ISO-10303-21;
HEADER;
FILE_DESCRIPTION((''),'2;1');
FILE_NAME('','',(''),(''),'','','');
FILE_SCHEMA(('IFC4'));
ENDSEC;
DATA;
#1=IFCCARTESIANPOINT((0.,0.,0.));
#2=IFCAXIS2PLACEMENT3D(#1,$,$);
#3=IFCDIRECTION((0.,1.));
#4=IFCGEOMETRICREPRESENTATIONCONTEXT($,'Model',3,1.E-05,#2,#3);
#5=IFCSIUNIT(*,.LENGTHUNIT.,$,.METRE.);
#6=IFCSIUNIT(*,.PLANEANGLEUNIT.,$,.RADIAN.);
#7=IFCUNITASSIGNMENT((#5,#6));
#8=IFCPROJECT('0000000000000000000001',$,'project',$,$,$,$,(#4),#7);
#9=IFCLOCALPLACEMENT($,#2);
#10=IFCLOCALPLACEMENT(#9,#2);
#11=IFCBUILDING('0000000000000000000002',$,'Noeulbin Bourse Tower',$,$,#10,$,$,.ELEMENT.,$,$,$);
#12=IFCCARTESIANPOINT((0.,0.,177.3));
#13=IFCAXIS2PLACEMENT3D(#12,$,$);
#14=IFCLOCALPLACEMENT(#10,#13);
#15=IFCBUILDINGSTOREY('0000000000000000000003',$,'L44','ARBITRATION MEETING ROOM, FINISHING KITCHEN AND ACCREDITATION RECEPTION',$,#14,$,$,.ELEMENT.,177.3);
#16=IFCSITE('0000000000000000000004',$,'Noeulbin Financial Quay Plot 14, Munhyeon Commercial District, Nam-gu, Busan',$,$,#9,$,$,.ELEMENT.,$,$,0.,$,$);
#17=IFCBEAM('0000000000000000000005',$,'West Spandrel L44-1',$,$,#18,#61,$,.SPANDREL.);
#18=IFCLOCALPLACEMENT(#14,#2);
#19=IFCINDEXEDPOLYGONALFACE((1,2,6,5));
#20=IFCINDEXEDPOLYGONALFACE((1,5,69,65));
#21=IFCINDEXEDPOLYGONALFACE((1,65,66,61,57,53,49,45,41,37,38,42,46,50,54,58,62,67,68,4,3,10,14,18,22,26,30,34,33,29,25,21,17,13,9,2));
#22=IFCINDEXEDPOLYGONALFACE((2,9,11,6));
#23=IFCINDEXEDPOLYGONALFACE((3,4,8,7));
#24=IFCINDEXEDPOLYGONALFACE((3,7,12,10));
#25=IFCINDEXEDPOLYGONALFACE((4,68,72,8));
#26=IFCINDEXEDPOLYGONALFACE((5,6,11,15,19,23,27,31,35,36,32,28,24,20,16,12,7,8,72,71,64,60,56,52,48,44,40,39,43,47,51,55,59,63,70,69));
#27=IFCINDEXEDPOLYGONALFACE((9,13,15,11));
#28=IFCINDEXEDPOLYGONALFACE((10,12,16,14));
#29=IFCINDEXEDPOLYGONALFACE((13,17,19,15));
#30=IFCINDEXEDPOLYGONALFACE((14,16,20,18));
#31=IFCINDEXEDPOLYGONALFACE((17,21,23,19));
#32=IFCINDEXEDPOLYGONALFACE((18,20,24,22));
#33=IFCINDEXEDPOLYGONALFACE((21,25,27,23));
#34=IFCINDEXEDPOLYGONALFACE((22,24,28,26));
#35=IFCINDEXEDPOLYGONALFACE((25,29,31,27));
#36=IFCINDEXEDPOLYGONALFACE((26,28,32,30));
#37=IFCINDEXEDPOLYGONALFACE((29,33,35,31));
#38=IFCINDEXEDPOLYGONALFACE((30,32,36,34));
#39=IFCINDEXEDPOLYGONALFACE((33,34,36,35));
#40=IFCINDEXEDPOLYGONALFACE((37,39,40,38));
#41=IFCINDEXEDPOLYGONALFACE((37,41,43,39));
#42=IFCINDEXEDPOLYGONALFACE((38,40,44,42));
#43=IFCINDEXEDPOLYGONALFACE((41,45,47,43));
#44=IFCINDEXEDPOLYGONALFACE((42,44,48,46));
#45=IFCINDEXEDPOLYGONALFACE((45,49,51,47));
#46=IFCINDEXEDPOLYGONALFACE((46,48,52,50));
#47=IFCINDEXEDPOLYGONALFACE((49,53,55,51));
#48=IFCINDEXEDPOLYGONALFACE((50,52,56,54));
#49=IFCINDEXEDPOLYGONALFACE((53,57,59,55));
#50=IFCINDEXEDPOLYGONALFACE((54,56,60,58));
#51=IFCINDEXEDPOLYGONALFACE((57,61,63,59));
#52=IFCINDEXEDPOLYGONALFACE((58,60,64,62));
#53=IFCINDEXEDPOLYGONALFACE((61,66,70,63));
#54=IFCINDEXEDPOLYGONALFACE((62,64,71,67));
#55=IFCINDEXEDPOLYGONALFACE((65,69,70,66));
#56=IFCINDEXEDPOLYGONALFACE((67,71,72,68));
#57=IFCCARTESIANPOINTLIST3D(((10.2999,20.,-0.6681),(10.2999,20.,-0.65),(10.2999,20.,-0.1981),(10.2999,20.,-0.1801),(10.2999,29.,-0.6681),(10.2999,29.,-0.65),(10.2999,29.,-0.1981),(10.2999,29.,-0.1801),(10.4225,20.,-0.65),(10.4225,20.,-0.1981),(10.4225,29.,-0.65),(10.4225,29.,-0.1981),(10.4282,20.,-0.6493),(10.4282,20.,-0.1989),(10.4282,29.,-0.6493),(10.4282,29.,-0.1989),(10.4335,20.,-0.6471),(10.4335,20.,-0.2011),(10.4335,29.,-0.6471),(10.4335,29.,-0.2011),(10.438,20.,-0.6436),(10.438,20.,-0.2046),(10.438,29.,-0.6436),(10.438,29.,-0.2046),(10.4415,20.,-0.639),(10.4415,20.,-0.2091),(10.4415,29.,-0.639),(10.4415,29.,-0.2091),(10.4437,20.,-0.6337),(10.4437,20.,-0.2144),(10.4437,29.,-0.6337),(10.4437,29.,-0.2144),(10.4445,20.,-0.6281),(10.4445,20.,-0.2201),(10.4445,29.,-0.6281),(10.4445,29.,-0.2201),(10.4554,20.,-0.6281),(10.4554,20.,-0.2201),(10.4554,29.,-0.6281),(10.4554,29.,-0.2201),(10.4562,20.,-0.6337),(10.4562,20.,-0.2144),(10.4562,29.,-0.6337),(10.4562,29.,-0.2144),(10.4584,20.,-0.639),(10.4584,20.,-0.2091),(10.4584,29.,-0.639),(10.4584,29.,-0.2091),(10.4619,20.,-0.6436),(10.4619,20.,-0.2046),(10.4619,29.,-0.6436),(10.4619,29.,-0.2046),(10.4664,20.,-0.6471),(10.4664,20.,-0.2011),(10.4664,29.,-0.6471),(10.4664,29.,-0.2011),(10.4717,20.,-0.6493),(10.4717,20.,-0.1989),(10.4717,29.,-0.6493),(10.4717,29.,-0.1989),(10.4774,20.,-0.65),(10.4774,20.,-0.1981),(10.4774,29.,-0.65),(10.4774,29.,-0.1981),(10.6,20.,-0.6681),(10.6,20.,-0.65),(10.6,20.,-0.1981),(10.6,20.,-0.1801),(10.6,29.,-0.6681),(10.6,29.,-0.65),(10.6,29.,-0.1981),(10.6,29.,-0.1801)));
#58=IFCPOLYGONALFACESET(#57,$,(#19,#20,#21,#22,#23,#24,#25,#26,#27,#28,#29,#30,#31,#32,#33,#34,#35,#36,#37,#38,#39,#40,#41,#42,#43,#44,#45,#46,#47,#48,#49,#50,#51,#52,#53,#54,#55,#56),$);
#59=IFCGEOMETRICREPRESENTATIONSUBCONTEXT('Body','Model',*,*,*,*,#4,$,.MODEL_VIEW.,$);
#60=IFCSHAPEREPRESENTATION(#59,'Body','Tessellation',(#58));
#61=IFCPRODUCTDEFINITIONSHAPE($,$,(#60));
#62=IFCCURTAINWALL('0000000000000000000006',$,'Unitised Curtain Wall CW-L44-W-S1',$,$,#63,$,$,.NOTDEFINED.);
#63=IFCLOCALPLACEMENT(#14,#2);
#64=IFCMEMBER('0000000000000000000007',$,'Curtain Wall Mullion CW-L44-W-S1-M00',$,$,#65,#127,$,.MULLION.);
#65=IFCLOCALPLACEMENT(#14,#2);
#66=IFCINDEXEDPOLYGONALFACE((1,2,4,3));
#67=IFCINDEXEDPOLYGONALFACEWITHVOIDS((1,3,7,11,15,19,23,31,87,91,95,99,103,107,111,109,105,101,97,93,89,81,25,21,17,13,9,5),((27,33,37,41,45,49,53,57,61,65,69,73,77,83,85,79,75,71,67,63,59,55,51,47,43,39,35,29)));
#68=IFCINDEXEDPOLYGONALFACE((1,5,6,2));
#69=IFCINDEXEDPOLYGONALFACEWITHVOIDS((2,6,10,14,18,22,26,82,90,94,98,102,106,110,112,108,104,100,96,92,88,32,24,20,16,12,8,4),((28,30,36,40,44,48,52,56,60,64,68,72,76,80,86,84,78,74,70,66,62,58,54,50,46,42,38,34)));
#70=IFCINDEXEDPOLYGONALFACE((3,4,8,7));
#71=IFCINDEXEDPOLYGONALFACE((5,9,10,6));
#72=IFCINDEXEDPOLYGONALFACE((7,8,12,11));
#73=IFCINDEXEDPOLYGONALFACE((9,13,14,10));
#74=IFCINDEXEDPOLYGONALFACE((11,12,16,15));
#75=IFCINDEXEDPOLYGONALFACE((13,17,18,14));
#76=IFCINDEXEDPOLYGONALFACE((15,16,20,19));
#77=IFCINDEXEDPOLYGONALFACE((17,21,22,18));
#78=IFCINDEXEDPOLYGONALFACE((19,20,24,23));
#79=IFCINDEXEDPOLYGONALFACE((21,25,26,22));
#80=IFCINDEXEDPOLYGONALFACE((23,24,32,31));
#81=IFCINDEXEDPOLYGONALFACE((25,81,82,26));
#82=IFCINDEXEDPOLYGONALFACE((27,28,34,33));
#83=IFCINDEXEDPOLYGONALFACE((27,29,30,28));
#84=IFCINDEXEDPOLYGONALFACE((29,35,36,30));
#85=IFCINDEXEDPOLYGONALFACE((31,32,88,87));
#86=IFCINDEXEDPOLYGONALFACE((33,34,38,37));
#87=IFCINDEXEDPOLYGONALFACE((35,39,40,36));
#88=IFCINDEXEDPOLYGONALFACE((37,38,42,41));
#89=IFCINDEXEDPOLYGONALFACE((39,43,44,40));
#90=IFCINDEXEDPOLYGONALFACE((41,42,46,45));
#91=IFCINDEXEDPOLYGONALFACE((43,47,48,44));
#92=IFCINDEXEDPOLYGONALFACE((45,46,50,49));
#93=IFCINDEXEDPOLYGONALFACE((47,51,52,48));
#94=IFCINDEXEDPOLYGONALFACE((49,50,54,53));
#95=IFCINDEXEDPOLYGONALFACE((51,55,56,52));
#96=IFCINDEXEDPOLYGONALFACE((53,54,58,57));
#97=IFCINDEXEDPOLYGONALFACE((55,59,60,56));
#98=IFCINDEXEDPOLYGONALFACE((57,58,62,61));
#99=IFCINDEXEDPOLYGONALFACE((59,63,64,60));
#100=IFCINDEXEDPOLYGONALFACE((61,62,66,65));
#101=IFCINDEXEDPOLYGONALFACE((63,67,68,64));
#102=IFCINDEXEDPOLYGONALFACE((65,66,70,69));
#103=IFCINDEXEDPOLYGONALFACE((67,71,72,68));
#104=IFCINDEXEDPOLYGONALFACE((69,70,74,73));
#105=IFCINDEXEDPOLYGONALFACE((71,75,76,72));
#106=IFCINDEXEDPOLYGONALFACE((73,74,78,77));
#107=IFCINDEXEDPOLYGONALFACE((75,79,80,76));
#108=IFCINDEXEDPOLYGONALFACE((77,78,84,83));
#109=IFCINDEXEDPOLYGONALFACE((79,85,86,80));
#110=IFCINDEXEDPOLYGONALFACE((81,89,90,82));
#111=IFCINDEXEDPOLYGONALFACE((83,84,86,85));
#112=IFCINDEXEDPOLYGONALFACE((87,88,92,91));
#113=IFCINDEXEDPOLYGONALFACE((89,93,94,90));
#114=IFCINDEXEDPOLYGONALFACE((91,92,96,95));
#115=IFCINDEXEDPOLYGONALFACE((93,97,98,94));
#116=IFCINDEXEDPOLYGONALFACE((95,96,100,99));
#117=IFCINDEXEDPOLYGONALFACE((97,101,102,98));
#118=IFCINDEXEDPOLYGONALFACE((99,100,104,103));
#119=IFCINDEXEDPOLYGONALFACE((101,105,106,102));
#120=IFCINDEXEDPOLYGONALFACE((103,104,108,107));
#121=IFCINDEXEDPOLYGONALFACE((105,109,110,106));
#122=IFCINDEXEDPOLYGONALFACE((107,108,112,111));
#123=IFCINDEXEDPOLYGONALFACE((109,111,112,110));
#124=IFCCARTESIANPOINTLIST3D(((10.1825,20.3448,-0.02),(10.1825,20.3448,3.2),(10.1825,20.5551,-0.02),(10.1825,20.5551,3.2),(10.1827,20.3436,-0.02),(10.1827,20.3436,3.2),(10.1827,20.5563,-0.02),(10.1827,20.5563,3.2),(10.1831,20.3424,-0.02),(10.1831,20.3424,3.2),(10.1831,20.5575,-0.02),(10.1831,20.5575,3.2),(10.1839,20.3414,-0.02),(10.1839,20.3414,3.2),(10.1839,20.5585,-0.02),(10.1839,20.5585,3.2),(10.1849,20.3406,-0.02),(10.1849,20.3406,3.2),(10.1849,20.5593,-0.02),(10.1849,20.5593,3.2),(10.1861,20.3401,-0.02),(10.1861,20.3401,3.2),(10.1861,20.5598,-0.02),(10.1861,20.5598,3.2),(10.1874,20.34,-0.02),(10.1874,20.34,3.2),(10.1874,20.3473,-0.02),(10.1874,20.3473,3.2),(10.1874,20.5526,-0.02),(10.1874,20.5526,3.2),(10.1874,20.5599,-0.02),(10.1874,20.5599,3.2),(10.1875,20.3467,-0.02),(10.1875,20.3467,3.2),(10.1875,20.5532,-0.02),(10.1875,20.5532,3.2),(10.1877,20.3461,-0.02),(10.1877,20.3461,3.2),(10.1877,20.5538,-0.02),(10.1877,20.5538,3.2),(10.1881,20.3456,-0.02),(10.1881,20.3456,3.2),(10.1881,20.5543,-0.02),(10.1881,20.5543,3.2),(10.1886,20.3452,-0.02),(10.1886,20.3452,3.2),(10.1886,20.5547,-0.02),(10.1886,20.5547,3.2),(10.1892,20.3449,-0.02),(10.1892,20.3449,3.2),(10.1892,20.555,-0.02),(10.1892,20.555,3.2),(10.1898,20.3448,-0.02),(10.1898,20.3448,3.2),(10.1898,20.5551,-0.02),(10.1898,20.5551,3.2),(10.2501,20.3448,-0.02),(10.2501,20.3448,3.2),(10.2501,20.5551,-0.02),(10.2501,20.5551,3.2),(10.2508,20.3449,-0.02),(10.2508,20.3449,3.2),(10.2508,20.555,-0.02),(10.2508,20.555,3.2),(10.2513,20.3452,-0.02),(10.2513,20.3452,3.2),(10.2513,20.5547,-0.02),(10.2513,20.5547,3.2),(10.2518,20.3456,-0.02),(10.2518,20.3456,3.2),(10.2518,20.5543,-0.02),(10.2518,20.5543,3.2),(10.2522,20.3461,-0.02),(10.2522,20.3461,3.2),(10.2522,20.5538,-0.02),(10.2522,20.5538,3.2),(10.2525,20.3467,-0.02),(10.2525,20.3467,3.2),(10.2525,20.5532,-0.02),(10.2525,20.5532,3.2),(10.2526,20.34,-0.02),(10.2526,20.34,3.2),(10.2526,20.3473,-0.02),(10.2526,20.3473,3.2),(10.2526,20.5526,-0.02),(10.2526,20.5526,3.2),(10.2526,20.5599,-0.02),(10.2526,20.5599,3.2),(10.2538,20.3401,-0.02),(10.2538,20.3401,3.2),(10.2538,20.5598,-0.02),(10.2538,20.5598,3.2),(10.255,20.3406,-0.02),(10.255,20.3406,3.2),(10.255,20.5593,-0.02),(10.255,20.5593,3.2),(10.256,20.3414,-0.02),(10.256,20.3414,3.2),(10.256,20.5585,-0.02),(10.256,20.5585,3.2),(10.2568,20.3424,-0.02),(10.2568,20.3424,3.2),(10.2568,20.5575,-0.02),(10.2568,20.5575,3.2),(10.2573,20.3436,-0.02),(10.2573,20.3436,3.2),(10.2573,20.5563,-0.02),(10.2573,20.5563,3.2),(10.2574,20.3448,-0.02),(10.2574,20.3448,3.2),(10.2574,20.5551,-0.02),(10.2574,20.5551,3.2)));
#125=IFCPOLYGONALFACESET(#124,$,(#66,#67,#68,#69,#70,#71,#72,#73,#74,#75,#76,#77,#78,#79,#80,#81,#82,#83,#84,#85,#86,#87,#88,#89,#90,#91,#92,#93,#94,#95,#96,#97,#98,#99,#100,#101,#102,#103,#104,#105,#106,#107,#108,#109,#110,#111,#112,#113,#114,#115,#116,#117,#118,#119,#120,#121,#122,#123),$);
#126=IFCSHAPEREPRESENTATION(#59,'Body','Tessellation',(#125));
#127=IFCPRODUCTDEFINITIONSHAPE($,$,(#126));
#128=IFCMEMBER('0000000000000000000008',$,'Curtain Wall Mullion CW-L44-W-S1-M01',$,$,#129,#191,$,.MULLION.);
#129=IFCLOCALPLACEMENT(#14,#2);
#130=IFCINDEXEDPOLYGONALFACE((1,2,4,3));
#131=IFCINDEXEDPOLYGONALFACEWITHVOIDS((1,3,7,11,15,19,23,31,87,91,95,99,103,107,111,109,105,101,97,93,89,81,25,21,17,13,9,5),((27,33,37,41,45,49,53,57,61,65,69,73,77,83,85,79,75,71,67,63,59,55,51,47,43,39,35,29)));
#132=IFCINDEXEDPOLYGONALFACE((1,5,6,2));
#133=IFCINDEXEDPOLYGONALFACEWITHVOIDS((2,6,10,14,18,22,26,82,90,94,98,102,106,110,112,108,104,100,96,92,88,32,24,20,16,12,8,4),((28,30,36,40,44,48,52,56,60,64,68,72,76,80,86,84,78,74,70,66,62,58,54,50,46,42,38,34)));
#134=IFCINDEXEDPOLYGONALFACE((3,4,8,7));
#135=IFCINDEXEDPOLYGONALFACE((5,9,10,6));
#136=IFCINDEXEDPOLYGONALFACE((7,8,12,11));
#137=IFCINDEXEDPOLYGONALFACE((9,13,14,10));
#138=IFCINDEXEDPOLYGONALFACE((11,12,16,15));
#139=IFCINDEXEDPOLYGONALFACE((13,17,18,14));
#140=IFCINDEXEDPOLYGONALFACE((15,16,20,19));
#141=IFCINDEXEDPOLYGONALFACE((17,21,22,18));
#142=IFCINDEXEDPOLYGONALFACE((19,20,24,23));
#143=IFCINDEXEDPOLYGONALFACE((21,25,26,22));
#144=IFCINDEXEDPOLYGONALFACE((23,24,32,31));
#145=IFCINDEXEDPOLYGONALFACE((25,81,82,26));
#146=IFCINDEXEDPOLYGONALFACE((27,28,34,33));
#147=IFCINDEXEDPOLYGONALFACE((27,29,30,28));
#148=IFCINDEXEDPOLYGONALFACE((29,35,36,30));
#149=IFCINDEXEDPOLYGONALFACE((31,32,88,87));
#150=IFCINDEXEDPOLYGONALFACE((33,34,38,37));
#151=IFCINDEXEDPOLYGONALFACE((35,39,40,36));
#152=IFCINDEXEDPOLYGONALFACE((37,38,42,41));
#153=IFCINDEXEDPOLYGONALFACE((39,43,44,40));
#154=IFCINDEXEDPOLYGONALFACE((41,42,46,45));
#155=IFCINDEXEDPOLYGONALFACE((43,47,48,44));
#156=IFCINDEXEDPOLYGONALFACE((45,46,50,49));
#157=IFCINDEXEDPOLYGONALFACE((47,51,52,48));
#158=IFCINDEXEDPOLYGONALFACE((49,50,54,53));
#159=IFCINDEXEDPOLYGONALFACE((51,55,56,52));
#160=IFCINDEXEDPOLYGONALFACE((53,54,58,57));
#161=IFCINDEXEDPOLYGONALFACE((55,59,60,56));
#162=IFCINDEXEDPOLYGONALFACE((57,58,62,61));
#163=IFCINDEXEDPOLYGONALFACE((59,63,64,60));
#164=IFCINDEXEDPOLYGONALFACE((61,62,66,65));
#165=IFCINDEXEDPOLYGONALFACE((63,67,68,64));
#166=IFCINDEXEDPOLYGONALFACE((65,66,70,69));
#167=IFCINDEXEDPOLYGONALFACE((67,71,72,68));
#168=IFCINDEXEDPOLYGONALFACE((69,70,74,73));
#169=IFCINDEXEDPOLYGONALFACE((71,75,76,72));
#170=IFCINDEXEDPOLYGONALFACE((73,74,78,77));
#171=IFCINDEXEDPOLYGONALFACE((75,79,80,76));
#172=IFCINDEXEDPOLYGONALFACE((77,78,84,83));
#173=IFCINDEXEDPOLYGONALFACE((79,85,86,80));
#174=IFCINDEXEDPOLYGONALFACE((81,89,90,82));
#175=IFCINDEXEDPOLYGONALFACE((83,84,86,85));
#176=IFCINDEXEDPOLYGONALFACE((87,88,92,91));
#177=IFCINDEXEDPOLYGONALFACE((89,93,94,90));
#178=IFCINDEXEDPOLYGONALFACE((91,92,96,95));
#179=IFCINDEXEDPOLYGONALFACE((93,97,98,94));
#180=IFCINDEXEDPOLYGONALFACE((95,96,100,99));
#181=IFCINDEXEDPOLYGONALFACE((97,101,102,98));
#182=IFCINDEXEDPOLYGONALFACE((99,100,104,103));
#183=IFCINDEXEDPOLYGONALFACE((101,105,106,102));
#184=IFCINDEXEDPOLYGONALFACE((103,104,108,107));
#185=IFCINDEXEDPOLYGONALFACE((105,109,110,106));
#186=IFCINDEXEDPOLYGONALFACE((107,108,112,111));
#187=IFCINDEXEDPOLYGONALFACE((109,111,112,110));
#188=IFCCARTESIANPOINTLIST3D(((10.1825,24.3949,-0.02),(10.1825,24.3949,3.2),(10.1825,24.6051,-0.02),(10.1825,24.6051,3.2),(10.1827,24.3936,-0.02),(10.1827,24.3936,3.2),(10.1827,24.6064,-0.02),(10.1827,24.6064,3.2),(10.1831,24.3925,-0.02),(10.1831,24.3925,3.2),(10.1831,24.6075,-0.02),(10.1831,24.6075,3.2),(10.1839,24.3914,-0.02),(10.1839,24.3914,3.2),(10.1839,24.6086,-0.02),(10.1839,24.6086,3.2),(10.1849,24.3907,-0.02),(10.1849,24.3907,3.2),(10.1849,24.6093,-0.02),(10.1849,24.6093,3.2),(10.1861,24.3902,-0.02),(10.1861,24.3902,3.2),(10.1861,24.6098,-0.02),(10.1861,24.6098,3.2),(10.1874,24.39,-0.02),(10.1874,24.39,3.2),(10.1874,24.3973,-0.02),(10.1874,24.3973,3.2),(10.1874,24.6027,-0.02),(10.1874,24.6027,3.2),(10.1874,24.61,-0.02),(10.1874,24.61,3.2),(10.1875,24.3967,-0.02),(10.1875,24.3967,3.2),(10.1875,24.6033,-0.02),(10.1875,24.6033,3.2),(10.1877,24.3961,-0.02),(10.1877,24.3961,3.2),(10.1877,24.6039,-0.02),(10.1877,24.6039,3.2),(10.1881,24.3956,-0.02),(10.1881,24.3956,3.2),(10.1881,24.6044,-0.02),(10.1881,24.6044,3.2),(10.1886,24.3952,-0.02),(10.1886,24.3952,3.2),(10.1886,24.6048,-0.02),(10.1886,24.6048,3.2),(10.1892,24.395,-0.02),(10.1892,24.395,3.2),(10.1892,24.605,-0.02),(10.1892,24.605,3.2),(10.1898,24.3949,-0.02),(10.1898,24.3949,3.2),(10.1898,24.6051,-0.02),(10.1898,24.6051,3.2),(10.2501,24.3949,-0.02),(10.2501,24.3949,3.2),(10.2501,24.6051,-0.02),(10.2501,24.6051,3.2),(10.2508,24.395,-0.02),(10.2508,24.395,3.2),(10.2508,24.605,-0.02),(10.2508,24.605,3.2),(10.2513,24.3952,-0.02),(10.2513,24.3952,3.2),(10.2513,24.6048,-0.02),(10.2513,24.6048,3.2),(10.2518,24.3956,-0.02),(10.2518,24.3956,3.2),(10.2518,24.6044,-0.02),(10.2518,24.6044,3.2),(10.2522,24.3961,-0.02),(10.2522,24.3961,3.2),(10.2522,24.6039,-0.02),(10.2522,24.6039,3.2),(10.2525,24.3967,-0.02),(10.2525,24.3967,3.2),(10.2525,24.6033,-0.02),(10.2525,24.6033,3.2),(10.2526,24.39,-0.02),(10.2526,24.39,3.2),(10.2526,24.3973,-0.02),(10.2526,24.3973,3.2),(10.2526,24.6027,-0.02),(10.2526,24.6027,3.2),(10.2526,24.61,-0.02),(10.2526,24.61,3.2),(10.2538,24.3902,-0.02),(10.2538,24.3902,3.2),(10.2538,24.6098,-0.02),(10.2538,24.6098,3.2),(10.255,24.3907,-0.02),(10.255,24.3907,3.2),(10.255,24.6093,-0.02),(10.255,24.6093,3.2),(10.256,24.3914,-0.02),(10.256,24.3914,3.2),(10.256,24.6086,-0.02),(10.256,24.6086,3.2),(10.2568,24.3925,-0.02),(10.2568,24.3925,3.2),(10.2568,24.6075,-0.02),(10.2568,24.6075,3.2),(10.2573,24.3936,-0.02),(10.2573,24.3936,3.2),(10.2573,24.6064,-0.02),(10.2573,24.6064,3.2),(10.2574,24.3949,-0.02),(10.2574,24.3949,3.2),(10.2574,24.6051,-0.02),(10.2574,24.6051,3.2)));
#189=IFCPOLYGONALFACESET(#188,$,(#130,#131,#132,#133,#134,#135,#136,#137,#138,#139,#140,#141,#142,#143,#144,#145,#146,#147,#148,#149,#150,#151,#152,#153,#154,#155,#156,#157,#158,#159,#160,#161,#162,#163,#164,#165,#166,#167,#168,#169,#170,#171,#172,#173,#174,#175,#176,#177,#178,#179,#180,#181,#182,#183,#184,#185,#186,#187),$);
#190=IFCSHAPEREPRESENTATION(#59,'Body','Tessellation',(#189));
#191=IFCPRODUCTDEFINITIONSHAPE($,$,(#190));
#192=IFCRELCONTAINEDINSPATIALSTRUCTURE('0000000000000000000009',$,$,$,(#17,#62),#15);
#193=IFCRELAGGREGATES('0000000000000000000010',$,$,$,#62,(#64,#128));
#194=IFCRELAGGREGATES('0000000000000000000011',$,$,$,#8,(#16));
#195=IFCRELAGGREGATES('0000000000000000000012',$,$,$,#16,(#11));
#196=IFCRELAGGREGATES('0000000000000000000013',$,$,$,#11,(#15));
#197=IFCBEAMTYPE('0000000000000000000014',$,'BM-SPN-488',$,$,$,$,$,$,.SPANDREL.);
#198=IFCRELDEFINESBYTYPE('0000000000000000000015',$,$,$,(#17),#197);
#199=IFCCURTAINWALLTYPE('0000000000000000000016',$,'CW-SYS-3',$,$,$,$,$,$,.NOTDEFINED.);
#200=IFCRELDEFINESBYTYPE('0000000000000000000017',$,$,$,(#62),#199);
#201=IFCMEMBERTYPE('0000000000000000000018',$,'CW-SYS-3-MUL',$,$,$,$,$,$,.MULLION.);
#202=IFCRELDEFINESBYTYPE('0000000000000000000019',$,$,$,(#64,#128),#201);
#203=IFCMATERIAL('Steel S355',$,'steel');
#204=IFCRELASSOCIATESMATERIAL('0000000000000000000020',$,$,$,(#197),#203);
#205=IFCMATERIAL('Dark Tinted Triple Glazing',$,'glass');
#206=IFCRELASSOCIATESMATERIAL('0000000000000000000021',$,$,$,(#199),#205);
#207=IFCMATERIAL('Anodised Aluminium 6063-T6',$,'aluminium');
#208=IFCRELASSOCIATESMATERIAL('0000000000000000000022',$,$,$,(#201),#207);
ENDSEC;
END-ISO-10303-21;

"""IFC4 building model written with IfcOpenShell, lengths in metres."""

from ifc_helpers import new_model, si_unit, direction, frame, origin, origin_2d, place, context, subcontext, project, spatial, hollow_rectangle, i_section, extrude, material, material_profile, profile_set, type_object, element, aggregate, save


model = new_model("IFC4")

# Units and contexts
model_context = context("Model", 3, precision=1e-05, world=origin(), true_north=direction((0.0, 1.0)))
body_context = subcontext(model_context, "Body", "Model", "MODEL_VIEW")
ifc_project = project(units=[si_unit("LENGTHUNIT", "METRE"), si_unit("PLANEANGLEUNIT", "RADIAN")], contexts=[model_context])

# Site, building, storey
site_placement = place(None, origin())
site = spatial("IfcSite", under=ifc_project, at=site_placement, Name="Noeulbin Financial Quay Plot 14, Munhyeon Commercial District, Nam-gu, Busan", CompositionType="ELEMENT", RefElevation=0.0)
building_placement = place(site_placement, origin())
building = spatial("IfcBuilding", under=site, at=building_placement, Name="Noeulbin Bourse Tower", CompositionType="ELEMENT")
storey_placement = place(building_placement, frame((0.0, 0.0, 177.3)))
storey = spatial("IfcBuildingStorey", under=building, at=storey_placement, Name="L44", Description="ARBITRATION MEETING ROOM, FINISHING KITCHEN AND ACCREDITATION RECEPTION", CompositionType="ELEMENT", Elevation=177.3)

# Shared definitions
ifc_material_1 = material(Name="Steel S355", Category="steel")

# Beam
ifc_material_profile_1 = material_profile(ifc_material_1, i_section(OverallWidth=0.3, OverallDepth=0.488, WebThickness=0.011, FlangeThickness=0.0181, FilletRadius=0.022, at=origin_2d()), Name="H-488x300x11x18", Category="LoadBearing")
ifc_profile_set_1 = profile_set([ifc_material_profile_1], Name="Steel S355")
beam_type_1 = type_object("IfcBeamType", Name="BM-SPN-488", PredefinedType="SPANDREL", material=ifc_profile_set_1)
beam_1_placement = place(storey_placement, frame((10.45, 20.0, -0.4241), z_axis=(0.0, 1.0, 0.0), x_axis=(-1.0, 0.0, 0.0)))
element("IfcBeam", 1, at=beam_1_placement, inside=storey, type_object=beam_type_1, Name="West Spandrel L44-1", PredefinedType="SPANDREL", context=body_context, shape_type="SweptSolid", body=[
    extrude(i_section(OverallWidth=0.3, OverallDepth=0.488, WebThickness=0.011, FlangeThickness=0.0181, FilletRadius=0.022, at=origin_2d()), origin(), (0.0, 0.0, 1.0), 9.0),
])

# Curtain wall, members
ifc_material_2 = material(Name="Dark Tinted Triple Glazing", Category="glass")
curtain_wall_type = type_object("IfcCurtainWallType", Name="CW-SYS-3", PredefinedType="NOTDEFINED", material=ifc_material_2)
curtain_wall_placement = place(storey_placement, origin())
curtain_wall = element("IfcCurtainWall", 2, at=curtain_wall_placement, inside=storey, type_object=curtain_wall_type, Name="Unitised Curtain Wall CW-L44-W-S1", PredefinedType="NOTDEFINED")
ifc_material_3 = material(Name="Anodised Aluminium 6063-T6", Category="aluminium")
ifc_material_profile_2 = material_profile(ifc_material_3, hollow_rectangle(XDim=0.075, YDim=0.22, WallThickness=0.0049, InnerFilletRadius=0.0024, OuterFilletRadius=0.0049, at=origin_2d()), Name="ALU-MULL-75x220x5", Category="LoadBearing")
ifc_profile_set_2 = profile_set([ifc_material_profile_2], Name="Anodised Aluminium 6063-T6")
member_type_1 = type_object("IfcMemberType", Name="CW-SYS-3-MUL", PredefinedType="MULLION", material=ifc_profile_set_2)
member_1_placement = place(storey_placement, frame((10.22, 20.45, -0.02), z_axis=(0.0, 0.0, 1.0), x_axis=(1.0, 0.0, 0.0)))
member_1 = element("IfcMember", 3, at=member_1_placement, type_object=member_type_1, Name="Curtain Wall Mullion CW-L44-W-S1-M00", PredefinedType="MULLION", context=body_context, shape_type="SweptSolid", body=[
    extrude(hollow_rectangle(XDim=0.075, YDim=0.22, WallThickness=0.0049, InnerFilletRadius=0.0024, OuterFilletRadius=0.0049, at=origin_2d()), origin(), (0.0, 0.0, 1.0), 3.22),
])
member_2_placement = place(storey_placement, frame((10.22, 24.5, -0.02), z_axis=(0.0, 0.0, 1.0), x_axis=(1.0, 0.0, 0.0)))
member_2 = element("IfcMember", 4, at=member_2_placement, type_object=member_type_1, Name="Curtain Wall Mullion CW-L44-W-S1-M01", PredefinedType="MULLION", context=body_context, shape_type="SweptSolid", body=[
    extrude(hollow_rectangle(XDim=0.075, YDim=0.22, WallThickness=0.0049, InnerFilletRadius=0.0024, OuterFilletRadius=0.0049, at=origin_2d()), origin(), (0.0, 0.0, 1.0), 3.22),
])
aggregate(curtain_wall, [member_1, member_2])

save(model, "model.ifc")
